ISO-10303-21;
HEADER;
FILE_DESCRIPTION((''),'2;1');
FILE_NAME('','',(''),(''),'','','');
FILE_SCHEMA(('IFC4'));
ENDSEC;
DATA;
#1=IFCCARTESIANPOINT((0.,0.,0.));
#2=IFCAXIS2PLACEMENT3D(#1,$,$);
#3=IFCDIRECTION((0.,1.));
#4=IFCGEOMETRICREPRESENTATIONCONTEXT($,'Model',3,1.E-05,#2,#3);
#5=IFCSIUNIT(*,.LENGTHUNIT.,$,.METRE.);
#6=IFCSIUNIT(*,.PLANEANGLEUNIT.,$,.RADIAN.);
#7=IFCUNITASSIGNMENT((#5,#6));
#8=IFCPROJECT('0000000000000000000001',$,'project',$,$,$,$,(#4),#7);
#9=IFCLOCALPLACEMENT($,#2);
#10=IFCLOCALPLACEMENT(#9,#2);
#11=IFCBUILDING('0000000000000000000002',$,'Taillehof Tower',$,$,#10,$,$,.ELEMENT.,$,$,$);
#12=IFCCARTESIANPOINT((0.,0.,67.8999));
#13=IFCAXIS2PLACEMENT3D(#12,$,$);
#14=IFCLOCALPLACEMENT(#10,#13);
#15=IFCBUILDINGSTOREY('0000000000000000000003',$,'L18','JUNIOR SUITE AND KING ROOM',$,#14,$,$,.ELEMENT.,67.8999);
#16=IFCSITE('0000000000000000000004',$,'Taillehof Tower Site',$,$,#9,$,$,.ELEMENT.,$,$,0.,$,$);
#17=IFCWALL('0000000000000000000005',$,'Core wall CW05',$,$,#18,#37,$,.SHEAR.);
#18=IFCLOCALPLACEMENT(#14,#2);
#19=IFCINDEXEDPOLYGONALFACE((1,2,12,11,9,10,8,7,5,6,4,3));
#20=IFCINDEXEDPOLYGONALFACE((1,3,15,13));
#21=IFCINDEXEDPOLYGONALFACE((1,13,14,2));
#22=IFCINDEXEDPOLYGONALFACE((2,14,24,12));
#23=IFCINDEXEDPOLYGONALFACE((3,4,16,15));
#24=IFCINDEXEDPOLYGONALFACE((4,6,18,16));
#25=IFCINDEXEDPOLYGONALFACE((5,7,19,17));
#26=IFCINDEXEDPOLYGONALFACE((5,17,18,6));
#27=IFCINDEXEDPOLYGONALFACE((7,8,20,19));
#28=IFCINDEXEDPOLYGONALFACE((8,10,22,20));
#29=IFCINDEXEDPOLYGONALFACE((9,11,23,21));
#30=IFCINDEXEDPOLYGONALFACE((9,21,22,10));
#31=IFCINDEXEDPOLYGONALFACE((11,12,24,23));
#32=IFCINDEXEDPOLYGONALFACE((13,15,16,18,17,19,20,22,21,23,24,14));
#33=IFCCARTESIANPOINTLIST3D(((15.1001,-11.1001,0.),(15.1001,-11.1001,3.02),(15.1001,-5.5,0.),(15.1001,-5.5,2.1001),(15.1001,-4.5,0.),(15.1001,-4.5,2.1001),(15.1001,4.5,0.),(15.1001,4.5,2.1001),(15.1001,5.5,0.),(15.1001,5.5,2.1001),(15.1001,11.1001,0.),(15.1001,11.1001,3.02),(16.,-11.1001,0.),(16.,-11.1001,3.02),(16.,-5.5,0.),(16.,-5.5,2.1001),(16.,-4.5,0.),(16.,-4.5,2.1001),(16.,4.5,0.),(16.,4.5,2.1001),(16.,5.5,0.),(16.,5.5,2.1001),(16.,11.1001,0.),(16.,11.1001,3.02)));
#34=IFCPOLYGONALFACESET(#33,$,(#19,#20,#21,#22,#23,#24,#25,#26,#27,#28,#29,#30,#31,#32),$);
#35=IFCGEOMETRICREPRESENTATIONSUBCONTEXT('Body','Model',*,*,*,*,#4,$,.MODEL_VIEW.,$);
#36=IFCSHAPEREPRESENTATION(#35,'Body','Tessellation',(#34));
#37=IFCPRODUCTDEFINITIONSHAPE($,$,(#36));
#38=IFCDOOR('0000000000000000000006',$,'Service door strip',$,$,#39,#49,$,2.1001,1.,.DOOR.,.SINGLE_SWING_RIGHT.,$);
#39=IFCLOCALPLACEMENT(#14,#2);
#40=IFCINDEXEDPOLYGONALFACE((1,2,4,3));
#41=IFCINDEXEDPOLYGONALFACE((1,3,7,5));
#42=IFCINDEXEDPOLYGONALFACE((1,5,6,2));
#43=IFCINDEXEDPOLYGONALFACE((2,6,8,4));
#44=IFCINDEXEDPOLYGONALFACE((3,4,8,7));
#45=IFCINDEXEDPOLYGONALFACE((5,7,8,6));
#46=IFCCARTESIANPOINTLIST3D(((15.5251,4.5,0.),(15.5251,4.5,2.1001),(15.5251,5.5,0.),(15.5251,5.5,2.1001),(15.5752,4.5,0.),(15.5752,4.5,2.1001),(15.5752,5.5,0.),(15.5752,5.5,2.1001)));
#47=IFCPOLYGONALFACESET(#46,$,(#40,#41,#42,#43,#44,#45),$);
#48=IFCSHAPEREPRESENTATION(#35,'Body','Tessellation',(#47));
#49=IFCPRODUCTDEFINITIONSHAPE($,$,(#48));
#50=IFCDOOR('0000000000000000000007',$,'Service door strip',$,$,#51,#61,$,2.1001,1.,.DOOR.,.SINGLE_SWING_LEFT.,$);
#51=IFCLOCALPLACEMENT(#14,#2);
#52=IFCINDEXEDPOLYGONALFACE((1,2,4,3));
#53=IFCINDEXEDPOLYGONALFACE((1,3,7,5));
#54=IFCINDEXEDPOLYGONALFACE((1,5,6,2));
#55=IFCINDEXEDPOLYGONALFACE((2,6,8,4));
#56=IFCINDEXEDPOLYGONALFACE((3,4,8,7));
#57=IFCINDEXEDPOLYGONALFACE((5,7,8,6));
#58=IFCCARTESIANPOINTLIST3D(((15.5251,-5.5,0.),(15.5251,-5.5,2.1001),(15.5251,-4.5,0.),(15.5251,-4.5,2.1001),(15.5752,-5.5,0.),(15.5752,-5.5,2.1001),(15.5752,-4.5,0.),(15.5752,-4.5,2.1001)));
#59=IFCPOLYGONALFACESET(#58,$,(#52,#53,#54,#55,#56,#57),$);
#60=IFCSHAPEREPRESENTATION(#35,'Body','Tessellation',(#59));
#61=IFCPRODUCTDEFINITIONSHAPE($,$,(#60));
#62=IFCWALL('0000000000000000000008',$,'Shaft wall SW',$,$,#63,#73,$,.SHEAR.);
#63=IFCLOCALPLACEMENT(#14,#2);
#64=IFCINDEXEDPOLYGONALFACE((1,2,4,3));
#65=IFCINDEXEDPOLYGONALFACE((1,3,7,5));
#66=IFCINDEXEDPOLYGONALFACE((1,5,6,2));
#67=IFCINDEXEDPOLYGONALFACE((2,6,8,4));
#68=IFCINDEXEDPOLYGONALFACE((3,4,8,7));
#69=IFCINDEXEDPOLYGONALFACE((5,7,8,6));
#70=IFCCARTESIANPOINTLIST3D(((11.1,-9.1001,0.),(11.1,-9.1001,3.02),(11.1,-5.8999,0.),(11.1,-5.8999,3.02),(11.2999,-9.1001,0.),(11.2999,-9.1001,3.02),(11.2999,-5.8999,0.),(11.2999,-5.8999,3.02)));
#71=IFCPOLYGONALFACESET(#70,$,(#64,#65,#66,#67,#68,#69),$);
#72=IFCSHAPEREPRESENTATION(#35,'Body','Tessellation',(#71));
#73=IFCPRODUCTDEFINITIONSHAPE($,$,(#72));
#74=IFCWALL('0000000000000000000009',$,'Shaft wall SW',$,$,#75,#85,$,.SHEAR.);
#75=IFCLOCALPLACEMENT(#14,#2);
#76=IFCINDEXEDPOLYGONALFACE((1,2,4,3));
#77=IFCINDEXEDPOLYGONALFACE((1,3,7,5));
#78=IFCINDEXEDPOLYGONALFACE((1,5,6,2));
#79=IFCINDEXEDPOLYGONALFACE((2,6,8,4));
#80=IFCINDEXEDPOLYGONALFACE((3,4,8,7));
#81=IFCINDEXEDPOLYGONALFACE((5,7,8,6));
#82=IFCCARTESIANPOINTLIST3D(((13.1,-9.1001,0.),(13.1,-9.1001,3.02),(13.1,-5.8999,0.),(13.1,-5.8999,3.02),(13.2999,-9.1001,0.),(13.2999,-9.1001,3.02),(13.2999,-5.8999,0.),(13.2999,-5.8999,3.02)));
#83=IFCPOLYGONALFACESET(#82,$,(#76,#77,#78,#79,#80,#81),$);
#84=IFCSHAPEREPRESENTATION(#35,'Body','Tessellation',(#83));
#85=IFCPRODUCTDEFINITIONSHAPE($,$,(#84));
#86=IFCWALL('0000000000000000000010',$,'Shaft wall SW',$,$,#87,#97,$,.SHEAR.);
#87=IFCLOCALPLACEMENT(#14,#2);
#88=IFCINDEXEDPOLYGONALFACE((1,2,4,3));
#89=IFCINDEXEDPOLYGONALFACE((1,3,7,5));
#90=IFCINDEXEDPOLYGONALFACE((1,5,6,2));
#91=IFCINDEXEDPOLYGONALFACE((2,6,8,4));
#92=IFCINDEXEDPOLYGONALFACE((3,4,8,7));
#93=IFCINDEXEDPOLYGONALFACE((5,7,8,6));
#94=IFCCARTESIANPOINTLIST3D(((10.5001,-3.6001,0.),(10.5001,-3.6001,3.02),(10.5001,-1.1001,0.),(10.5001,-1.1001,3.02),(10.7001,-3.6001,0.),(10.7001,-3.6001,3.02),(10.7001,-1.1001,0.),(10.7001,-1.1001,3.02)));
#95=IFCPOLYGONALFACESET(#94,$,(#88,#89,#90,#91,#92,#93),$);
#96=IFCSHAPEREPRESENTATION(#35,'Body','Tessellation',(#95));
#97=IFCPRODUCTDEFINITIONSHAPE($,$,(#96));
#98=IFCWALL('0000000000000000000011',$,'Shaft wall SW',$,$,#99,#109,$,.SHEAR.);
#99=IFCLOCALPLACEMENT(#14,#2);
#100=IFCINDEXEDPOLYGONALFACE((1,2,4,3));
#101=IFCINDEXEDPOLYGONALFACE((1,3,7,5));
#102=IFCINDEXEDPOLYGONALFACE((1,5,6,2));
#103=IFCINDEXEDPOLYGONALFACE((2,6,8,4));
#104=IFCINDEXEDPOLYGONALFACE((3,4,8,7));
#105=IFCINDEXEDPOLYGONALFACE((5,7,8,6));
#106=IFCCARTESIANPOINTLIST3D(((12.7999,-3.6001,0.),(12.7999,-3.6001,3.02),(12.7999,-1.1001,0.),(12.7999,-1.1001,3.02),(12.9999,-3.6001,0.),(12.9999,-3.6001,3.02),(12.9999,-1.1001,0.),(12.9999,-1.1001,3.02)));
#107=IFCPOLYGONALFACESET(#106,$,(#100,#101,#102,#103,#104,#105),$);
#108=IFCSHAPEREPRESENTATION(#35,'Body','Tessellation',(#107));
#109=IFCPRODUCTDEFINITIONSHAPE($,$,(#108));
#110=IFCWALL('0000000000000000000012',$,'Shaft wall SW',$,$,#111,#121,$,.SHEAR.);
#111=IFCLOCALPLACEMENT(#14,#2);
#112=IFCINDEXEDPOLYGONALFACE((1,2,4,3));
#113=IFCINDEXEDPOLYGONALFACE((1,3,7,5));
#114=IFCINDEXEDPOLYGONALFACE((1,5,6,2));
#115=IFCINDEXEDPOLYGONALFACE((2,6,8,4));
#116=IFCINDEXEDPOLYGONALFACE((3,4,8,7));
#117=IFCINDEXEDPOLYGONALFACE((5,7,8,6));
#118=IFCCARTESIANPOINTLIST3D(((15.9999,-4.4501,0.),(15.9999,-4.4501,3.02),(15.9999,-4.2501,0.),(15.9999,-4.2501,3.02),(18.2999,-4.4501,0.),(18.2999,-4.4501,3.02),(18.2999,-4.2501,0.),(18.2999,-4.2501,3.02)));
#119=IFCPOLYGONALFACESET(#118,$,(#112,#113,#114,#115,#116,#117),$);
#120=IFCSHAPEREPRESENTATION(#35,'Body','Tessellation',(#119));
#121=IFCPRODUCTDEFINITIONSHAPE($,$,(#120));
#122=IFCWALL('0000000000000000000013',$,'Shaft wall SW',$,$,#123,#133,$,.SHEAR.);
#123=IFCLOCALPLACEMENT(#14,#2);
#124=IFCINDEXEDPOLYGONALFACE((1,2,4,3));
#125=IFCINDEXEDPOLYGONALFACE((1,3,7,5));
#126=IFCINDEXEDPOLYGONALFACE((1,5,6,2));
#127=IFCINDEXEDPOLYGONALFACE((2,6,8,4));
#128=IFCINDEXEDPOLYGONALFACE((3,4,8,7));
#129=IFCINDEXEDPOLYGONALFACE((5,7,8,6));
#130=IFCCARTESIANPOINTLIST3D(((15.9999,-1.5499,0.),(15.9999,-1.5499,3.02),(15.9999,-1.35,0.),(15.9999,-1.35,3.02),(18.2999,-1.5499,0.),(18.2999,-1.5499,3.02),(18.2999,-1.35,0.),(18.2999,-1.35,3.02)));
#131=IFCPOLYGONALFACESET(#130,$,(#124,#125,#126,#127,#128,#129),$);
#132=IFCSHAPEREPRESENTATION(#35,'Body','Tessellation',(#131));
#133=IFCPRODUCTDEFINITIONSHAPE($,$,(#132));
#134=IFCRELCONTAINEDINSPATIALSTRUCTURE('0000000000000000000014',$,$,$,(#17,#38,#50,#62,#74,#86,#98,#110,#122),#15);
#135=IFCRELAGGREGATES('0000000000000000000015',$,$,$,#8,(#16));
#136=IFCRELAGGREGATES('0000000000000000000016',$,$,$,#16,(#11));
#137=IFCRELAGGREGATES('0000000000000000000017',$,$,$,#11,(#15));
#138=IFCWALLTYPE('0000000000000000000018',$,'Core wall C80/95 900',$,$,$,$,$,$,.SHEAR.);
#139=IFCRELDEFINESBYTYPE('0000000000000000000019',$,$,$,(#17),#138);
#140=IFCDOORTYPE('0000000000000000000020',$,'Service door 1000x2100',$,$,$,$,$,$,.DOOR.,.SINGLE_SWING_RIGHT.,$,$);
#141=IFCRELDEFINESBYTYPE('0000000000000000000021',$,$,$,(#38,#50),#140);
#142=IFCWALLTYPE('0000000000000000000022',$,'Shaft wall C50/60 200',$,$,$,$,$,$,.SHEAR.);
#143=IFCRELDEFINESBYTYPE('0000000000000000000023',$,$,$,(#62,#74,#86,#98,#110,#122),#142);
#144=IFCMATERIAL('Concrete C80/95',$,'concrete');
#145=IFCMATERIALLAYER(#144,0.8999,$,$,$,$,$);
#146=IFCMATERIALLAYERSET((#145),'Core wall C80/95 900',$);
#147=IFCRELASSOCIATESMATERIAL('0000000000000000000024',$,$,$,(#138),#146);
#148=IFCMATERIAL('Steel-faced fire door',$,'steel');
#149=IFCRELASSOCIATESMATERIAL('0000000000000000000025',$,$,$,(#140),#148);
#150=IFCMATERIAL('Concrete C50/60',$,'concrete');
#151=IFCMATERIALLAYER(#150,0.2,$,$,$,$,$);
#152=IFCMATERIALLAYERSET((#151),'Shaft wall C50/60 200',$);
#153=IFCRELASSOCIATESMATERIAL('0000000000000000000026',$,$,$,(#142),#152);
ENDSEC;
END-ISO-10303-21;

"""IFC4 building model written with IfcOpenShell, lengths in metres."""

from ifc_helpers import new_model, si_unit, direction, frame, frame_2d, origin, place, context, subcontext, project, spatial, rectangle, extrude, material, layer, layer_set, type_object, element, fill, save


model = new_model("IFC4")

# Units and contexts
model_context = context("Model", 3, precision=1e-05, world=origin(), true_north=direction((0.0, 1.0)))
body_context = subcontext(model_context, "Body", "Model", "MODEL_VIEW")
ifc_project = project(units=[si_unit("LENGTHUNIT", "METRE"), si_unit("PLANEANGLEUNIT", "RADIAN")], contexts=[model_context])

# Site, building, storey
site_placement = place(None, origin())
site = spatial("IfcSite", under=ifc_project, at=site_placement, Name="Taillehof Tower Site", CompositionType="ELEMENT", RefElevation=0.0)
building_placement = place(site_placement, origin())
building = spatial("IfcBuilding", under=site, at=building_placement, Name="Taillehof Tower", CompositionType="ELEMENT")
storey_placement = place(building_placement, frame((0.0, 0.0, 67.8999)))
storey = spatial("IfcBuildingStorey", under=building, at=storey_placement, Name="L18", Description="JUNIOR SUITE AND KING ROOM", CompositionType="ELEMENT", Elevation=67.8999)

# Wall, openings, doors
ifc_material_1 = material(Name="Concrete C80/95", Category="concrete")
ifc_layer_1 = layer(ifc_material_1, 0.8999)
ifc_layer_set_1 = layer_set([ifc_layer_1], Name="Core wall C80/95 900")
wall_type_1 = type_object("IfcWallType", Name="Core wall C80/95 900", PredefinedType="SHEAR", material=ifc_layer_set_1)
wall_1_placement = place(storey_placement, frame((15.55, -11.1001, 0.0), z_axis=(0.0, 0.0, 1.0), x_axis=(0.0, 1.0, 0.0)))
wall_1 = element("IfcWall", 1, at=wall_1_placement, inside=storey, type_object=wall_type_1, Name="Core wall CW05", PredefinedType="SHEAR", context=body_context, shape_type="SweptSolid", body=[
    extrude(rectangle(XDim=22.2002, YDim=0.8999, at=frame_2d((11.1001, 0.0))), origin(), (0.0, 0.0, 1.0), 3.02),
])
opening_1_placement = place(wall_1_placement, frame((15.6001, 0.0, 0.0)))
opening_1 = element("IfcOpeningElement", 2, at=opening_1_placement, cuts=wall_1, PredefinedType="OPENING", context=body_context, shape_type="SweptSolid", body=[
    extrude(rectangle(XDim=1.0, YDim=2.1001, at=frame_2d((0.5, 1.05))), frame((0.0, 0.46, 0.0), z_axis=(0.0, -1.0, 0.0), x_axis=(1.0, 0.0, 0.0)), (0.0, 0.0, 1.0), 0.9199),
])
opening_2_placement = place(wall_1_placement, frame((5.6001, 0.0, 0.0)))
opening_2 = element("IfcOpeningElement", 3, at=opening_2_placement, cuts=wall_1, PredefinedType="OPENING", context=body_context, shape_type="SweptSolid", body=[
    extrude(rectangle(XDim=1.0, YDim=2.1001, at=frame_2d((0.5, 1.05))), frame((0.0, 0.46, 0.0), z_axis=(0.0, -1.0, 0.0), x_axis=(1.0, 0.0, 0.0)), (0.0, 0.0, 1.0), 0.9199),
])
ifc_material_2 = material(Name="Steel-faced fire door", Category="steel")
door_type_1 = type_object("IfcDoorType", Name="Service door 1000x2100", OperationType="SINGLE_SWING_RIGHT", PredefinedType="DOOR", material=ifc_material_2)
door_1_placement = place(opening_1_placement, origin())
door_1 = element("IfcDoor", 4, at=door_1_placement, inside=storey, type_object=door_type_1, Name="Service door strip", OperationType="SINGLE_SWING_RIGHT", OverallHeight=2.1001, OverallWidth=1.0, PredefinedType="DOOR", context=body_context, shape_type="SweptSolid", body=[
    extrude(rectangle(XDim=1.0, YDim=2.1001, at=frame_2d((0.5, 1.05))), frame((0.0, 0.0249, 0.0), z_axis=(0.0, -1.0, 0.0), x_axis=(1.0, 0.0, 0.0)), (0.0, 0.0, 1.0), 0.05),
])
fill(opening_1, door_1)
door_2_placement = place(opening_2_placement, origin())
door_2 = element("IfcDoor", 5, at=door_2_placement, inside=storey, type_object=door_type_1, Name="Service door strip", OperationType="SINGLE_SWING_LEFT", OverallHeight=2.1001, OverallWidth=1.0, PredefinedType="DOOR", context=body_context, shape_type="SweptSolid", body=[
    extrude(rectangle(XDim=1.0, YDim=2.1001, at=frame_2d((0.5, 1.05))), frame((0.0, 0.0249, 0.0), z_axis=(0.0, -1.0, 0.0), x_axis=(1.0, 0.0, 0.0)), (0.0, 0.0, 1.0), 0.05),
])
fill(opening_2, door_2)

# Walls
ifc_material_3 = material(Name="Concrete C50/60", Category="concrete")
ifc_layer_2 = layer(ifc_material_3, 0.2)
ifc_layer_set_2 = layer_set([ifc_layer_2], Name="Shaft wall C50/60 200")
wall_type_2 = type_object("IfcWallType", Name="Shaft wall C50/60 200", PredefinedType="SHEAR", material=ifc_layer_set_2)
for number, where, z_axis, x_axis, name in (
    (6, (11.2, -9.1001, 0.0), (0.0, 0.0, 1.0), (0.0, 1.0, 0.0), "Shaft wall SW"),
    (7, (13.2, -9.1001, 0.0), (0.0, 0.0, 1.0), (0.0, 1.0, 0.0), "Shaft wall SW"),
):
    element("IfcWall", number, at=place(storey_placement, frame(where, z_axis=z_axis, x_axis=x_axis)), inside=storey, type_object=wall_type_2, Name=name, PredefinedType="SHEAR", context=body_context, shape_type="SweptSolid", body=[
        extrude(rectangle(XDim=3.2002, YDim=0.2, at=frame_2d((1.6001, 0.0))), origin(), (0.0, 0.0, 1.0), 3.02),
    ])
for number, where, z_axis, x_axis, name in (
    (8, (10.6001, -3.6001, 0.0), (0.0, 0.0, 1.0), (0.0, 1.0, 0.0), "Shaft wall SW"),
    (9, (12.8999, -3.6001, 0.0), (0.0, 0.0, 1.0), (0.0, 1.0, 0.0), "Shaft wall SW"),
):
    element("IfcWall", number, at=place(storey_placement, frame(where, z_axis=z_axis, x_axis=x_axis)), inside=storey, type_object=wall_type_2, Name=name, PredefinedType="SHEAR", context=body_context, shape_type="SweptSolid", body=[
        extrude(rectangle(XDim=2.5, YDim=0.2, at=frame_2d((1.25, 0.0))), origin(), (0.0, 0.0, 1.0), 3.02),
    ])
for number, where, z_axis, x_axis, name in (
    (10, (16.0, -4.3501, 0.0), (0.0, 0.0, 1.0), (1.0, 0.0, 0.0), "Shaft wall SW"),
    (11, (16.0, -1.45, 0.0), (0.0, 0.0, 1.0), (1.0, 0.0, 0.0), "Shaft wall SW"),
):
    element("IfcWall", number, at=place(storey_placement, frame(where, z_axis=z_axis, x_axis=x_axis)), inside=storey, type_object=wall_type_2, Name=name, PredefinedType="SHEAR", context=body_context, shape_type="SweptSolid", body=[
        extrude(rectangle(XDim=2.3, YDim=0.2, at=frame_2d((1.1499, 0.0))), origin(), (0.0, 0.0, 1.0), 3.02),
    ])

save(model, "model.ifc")
